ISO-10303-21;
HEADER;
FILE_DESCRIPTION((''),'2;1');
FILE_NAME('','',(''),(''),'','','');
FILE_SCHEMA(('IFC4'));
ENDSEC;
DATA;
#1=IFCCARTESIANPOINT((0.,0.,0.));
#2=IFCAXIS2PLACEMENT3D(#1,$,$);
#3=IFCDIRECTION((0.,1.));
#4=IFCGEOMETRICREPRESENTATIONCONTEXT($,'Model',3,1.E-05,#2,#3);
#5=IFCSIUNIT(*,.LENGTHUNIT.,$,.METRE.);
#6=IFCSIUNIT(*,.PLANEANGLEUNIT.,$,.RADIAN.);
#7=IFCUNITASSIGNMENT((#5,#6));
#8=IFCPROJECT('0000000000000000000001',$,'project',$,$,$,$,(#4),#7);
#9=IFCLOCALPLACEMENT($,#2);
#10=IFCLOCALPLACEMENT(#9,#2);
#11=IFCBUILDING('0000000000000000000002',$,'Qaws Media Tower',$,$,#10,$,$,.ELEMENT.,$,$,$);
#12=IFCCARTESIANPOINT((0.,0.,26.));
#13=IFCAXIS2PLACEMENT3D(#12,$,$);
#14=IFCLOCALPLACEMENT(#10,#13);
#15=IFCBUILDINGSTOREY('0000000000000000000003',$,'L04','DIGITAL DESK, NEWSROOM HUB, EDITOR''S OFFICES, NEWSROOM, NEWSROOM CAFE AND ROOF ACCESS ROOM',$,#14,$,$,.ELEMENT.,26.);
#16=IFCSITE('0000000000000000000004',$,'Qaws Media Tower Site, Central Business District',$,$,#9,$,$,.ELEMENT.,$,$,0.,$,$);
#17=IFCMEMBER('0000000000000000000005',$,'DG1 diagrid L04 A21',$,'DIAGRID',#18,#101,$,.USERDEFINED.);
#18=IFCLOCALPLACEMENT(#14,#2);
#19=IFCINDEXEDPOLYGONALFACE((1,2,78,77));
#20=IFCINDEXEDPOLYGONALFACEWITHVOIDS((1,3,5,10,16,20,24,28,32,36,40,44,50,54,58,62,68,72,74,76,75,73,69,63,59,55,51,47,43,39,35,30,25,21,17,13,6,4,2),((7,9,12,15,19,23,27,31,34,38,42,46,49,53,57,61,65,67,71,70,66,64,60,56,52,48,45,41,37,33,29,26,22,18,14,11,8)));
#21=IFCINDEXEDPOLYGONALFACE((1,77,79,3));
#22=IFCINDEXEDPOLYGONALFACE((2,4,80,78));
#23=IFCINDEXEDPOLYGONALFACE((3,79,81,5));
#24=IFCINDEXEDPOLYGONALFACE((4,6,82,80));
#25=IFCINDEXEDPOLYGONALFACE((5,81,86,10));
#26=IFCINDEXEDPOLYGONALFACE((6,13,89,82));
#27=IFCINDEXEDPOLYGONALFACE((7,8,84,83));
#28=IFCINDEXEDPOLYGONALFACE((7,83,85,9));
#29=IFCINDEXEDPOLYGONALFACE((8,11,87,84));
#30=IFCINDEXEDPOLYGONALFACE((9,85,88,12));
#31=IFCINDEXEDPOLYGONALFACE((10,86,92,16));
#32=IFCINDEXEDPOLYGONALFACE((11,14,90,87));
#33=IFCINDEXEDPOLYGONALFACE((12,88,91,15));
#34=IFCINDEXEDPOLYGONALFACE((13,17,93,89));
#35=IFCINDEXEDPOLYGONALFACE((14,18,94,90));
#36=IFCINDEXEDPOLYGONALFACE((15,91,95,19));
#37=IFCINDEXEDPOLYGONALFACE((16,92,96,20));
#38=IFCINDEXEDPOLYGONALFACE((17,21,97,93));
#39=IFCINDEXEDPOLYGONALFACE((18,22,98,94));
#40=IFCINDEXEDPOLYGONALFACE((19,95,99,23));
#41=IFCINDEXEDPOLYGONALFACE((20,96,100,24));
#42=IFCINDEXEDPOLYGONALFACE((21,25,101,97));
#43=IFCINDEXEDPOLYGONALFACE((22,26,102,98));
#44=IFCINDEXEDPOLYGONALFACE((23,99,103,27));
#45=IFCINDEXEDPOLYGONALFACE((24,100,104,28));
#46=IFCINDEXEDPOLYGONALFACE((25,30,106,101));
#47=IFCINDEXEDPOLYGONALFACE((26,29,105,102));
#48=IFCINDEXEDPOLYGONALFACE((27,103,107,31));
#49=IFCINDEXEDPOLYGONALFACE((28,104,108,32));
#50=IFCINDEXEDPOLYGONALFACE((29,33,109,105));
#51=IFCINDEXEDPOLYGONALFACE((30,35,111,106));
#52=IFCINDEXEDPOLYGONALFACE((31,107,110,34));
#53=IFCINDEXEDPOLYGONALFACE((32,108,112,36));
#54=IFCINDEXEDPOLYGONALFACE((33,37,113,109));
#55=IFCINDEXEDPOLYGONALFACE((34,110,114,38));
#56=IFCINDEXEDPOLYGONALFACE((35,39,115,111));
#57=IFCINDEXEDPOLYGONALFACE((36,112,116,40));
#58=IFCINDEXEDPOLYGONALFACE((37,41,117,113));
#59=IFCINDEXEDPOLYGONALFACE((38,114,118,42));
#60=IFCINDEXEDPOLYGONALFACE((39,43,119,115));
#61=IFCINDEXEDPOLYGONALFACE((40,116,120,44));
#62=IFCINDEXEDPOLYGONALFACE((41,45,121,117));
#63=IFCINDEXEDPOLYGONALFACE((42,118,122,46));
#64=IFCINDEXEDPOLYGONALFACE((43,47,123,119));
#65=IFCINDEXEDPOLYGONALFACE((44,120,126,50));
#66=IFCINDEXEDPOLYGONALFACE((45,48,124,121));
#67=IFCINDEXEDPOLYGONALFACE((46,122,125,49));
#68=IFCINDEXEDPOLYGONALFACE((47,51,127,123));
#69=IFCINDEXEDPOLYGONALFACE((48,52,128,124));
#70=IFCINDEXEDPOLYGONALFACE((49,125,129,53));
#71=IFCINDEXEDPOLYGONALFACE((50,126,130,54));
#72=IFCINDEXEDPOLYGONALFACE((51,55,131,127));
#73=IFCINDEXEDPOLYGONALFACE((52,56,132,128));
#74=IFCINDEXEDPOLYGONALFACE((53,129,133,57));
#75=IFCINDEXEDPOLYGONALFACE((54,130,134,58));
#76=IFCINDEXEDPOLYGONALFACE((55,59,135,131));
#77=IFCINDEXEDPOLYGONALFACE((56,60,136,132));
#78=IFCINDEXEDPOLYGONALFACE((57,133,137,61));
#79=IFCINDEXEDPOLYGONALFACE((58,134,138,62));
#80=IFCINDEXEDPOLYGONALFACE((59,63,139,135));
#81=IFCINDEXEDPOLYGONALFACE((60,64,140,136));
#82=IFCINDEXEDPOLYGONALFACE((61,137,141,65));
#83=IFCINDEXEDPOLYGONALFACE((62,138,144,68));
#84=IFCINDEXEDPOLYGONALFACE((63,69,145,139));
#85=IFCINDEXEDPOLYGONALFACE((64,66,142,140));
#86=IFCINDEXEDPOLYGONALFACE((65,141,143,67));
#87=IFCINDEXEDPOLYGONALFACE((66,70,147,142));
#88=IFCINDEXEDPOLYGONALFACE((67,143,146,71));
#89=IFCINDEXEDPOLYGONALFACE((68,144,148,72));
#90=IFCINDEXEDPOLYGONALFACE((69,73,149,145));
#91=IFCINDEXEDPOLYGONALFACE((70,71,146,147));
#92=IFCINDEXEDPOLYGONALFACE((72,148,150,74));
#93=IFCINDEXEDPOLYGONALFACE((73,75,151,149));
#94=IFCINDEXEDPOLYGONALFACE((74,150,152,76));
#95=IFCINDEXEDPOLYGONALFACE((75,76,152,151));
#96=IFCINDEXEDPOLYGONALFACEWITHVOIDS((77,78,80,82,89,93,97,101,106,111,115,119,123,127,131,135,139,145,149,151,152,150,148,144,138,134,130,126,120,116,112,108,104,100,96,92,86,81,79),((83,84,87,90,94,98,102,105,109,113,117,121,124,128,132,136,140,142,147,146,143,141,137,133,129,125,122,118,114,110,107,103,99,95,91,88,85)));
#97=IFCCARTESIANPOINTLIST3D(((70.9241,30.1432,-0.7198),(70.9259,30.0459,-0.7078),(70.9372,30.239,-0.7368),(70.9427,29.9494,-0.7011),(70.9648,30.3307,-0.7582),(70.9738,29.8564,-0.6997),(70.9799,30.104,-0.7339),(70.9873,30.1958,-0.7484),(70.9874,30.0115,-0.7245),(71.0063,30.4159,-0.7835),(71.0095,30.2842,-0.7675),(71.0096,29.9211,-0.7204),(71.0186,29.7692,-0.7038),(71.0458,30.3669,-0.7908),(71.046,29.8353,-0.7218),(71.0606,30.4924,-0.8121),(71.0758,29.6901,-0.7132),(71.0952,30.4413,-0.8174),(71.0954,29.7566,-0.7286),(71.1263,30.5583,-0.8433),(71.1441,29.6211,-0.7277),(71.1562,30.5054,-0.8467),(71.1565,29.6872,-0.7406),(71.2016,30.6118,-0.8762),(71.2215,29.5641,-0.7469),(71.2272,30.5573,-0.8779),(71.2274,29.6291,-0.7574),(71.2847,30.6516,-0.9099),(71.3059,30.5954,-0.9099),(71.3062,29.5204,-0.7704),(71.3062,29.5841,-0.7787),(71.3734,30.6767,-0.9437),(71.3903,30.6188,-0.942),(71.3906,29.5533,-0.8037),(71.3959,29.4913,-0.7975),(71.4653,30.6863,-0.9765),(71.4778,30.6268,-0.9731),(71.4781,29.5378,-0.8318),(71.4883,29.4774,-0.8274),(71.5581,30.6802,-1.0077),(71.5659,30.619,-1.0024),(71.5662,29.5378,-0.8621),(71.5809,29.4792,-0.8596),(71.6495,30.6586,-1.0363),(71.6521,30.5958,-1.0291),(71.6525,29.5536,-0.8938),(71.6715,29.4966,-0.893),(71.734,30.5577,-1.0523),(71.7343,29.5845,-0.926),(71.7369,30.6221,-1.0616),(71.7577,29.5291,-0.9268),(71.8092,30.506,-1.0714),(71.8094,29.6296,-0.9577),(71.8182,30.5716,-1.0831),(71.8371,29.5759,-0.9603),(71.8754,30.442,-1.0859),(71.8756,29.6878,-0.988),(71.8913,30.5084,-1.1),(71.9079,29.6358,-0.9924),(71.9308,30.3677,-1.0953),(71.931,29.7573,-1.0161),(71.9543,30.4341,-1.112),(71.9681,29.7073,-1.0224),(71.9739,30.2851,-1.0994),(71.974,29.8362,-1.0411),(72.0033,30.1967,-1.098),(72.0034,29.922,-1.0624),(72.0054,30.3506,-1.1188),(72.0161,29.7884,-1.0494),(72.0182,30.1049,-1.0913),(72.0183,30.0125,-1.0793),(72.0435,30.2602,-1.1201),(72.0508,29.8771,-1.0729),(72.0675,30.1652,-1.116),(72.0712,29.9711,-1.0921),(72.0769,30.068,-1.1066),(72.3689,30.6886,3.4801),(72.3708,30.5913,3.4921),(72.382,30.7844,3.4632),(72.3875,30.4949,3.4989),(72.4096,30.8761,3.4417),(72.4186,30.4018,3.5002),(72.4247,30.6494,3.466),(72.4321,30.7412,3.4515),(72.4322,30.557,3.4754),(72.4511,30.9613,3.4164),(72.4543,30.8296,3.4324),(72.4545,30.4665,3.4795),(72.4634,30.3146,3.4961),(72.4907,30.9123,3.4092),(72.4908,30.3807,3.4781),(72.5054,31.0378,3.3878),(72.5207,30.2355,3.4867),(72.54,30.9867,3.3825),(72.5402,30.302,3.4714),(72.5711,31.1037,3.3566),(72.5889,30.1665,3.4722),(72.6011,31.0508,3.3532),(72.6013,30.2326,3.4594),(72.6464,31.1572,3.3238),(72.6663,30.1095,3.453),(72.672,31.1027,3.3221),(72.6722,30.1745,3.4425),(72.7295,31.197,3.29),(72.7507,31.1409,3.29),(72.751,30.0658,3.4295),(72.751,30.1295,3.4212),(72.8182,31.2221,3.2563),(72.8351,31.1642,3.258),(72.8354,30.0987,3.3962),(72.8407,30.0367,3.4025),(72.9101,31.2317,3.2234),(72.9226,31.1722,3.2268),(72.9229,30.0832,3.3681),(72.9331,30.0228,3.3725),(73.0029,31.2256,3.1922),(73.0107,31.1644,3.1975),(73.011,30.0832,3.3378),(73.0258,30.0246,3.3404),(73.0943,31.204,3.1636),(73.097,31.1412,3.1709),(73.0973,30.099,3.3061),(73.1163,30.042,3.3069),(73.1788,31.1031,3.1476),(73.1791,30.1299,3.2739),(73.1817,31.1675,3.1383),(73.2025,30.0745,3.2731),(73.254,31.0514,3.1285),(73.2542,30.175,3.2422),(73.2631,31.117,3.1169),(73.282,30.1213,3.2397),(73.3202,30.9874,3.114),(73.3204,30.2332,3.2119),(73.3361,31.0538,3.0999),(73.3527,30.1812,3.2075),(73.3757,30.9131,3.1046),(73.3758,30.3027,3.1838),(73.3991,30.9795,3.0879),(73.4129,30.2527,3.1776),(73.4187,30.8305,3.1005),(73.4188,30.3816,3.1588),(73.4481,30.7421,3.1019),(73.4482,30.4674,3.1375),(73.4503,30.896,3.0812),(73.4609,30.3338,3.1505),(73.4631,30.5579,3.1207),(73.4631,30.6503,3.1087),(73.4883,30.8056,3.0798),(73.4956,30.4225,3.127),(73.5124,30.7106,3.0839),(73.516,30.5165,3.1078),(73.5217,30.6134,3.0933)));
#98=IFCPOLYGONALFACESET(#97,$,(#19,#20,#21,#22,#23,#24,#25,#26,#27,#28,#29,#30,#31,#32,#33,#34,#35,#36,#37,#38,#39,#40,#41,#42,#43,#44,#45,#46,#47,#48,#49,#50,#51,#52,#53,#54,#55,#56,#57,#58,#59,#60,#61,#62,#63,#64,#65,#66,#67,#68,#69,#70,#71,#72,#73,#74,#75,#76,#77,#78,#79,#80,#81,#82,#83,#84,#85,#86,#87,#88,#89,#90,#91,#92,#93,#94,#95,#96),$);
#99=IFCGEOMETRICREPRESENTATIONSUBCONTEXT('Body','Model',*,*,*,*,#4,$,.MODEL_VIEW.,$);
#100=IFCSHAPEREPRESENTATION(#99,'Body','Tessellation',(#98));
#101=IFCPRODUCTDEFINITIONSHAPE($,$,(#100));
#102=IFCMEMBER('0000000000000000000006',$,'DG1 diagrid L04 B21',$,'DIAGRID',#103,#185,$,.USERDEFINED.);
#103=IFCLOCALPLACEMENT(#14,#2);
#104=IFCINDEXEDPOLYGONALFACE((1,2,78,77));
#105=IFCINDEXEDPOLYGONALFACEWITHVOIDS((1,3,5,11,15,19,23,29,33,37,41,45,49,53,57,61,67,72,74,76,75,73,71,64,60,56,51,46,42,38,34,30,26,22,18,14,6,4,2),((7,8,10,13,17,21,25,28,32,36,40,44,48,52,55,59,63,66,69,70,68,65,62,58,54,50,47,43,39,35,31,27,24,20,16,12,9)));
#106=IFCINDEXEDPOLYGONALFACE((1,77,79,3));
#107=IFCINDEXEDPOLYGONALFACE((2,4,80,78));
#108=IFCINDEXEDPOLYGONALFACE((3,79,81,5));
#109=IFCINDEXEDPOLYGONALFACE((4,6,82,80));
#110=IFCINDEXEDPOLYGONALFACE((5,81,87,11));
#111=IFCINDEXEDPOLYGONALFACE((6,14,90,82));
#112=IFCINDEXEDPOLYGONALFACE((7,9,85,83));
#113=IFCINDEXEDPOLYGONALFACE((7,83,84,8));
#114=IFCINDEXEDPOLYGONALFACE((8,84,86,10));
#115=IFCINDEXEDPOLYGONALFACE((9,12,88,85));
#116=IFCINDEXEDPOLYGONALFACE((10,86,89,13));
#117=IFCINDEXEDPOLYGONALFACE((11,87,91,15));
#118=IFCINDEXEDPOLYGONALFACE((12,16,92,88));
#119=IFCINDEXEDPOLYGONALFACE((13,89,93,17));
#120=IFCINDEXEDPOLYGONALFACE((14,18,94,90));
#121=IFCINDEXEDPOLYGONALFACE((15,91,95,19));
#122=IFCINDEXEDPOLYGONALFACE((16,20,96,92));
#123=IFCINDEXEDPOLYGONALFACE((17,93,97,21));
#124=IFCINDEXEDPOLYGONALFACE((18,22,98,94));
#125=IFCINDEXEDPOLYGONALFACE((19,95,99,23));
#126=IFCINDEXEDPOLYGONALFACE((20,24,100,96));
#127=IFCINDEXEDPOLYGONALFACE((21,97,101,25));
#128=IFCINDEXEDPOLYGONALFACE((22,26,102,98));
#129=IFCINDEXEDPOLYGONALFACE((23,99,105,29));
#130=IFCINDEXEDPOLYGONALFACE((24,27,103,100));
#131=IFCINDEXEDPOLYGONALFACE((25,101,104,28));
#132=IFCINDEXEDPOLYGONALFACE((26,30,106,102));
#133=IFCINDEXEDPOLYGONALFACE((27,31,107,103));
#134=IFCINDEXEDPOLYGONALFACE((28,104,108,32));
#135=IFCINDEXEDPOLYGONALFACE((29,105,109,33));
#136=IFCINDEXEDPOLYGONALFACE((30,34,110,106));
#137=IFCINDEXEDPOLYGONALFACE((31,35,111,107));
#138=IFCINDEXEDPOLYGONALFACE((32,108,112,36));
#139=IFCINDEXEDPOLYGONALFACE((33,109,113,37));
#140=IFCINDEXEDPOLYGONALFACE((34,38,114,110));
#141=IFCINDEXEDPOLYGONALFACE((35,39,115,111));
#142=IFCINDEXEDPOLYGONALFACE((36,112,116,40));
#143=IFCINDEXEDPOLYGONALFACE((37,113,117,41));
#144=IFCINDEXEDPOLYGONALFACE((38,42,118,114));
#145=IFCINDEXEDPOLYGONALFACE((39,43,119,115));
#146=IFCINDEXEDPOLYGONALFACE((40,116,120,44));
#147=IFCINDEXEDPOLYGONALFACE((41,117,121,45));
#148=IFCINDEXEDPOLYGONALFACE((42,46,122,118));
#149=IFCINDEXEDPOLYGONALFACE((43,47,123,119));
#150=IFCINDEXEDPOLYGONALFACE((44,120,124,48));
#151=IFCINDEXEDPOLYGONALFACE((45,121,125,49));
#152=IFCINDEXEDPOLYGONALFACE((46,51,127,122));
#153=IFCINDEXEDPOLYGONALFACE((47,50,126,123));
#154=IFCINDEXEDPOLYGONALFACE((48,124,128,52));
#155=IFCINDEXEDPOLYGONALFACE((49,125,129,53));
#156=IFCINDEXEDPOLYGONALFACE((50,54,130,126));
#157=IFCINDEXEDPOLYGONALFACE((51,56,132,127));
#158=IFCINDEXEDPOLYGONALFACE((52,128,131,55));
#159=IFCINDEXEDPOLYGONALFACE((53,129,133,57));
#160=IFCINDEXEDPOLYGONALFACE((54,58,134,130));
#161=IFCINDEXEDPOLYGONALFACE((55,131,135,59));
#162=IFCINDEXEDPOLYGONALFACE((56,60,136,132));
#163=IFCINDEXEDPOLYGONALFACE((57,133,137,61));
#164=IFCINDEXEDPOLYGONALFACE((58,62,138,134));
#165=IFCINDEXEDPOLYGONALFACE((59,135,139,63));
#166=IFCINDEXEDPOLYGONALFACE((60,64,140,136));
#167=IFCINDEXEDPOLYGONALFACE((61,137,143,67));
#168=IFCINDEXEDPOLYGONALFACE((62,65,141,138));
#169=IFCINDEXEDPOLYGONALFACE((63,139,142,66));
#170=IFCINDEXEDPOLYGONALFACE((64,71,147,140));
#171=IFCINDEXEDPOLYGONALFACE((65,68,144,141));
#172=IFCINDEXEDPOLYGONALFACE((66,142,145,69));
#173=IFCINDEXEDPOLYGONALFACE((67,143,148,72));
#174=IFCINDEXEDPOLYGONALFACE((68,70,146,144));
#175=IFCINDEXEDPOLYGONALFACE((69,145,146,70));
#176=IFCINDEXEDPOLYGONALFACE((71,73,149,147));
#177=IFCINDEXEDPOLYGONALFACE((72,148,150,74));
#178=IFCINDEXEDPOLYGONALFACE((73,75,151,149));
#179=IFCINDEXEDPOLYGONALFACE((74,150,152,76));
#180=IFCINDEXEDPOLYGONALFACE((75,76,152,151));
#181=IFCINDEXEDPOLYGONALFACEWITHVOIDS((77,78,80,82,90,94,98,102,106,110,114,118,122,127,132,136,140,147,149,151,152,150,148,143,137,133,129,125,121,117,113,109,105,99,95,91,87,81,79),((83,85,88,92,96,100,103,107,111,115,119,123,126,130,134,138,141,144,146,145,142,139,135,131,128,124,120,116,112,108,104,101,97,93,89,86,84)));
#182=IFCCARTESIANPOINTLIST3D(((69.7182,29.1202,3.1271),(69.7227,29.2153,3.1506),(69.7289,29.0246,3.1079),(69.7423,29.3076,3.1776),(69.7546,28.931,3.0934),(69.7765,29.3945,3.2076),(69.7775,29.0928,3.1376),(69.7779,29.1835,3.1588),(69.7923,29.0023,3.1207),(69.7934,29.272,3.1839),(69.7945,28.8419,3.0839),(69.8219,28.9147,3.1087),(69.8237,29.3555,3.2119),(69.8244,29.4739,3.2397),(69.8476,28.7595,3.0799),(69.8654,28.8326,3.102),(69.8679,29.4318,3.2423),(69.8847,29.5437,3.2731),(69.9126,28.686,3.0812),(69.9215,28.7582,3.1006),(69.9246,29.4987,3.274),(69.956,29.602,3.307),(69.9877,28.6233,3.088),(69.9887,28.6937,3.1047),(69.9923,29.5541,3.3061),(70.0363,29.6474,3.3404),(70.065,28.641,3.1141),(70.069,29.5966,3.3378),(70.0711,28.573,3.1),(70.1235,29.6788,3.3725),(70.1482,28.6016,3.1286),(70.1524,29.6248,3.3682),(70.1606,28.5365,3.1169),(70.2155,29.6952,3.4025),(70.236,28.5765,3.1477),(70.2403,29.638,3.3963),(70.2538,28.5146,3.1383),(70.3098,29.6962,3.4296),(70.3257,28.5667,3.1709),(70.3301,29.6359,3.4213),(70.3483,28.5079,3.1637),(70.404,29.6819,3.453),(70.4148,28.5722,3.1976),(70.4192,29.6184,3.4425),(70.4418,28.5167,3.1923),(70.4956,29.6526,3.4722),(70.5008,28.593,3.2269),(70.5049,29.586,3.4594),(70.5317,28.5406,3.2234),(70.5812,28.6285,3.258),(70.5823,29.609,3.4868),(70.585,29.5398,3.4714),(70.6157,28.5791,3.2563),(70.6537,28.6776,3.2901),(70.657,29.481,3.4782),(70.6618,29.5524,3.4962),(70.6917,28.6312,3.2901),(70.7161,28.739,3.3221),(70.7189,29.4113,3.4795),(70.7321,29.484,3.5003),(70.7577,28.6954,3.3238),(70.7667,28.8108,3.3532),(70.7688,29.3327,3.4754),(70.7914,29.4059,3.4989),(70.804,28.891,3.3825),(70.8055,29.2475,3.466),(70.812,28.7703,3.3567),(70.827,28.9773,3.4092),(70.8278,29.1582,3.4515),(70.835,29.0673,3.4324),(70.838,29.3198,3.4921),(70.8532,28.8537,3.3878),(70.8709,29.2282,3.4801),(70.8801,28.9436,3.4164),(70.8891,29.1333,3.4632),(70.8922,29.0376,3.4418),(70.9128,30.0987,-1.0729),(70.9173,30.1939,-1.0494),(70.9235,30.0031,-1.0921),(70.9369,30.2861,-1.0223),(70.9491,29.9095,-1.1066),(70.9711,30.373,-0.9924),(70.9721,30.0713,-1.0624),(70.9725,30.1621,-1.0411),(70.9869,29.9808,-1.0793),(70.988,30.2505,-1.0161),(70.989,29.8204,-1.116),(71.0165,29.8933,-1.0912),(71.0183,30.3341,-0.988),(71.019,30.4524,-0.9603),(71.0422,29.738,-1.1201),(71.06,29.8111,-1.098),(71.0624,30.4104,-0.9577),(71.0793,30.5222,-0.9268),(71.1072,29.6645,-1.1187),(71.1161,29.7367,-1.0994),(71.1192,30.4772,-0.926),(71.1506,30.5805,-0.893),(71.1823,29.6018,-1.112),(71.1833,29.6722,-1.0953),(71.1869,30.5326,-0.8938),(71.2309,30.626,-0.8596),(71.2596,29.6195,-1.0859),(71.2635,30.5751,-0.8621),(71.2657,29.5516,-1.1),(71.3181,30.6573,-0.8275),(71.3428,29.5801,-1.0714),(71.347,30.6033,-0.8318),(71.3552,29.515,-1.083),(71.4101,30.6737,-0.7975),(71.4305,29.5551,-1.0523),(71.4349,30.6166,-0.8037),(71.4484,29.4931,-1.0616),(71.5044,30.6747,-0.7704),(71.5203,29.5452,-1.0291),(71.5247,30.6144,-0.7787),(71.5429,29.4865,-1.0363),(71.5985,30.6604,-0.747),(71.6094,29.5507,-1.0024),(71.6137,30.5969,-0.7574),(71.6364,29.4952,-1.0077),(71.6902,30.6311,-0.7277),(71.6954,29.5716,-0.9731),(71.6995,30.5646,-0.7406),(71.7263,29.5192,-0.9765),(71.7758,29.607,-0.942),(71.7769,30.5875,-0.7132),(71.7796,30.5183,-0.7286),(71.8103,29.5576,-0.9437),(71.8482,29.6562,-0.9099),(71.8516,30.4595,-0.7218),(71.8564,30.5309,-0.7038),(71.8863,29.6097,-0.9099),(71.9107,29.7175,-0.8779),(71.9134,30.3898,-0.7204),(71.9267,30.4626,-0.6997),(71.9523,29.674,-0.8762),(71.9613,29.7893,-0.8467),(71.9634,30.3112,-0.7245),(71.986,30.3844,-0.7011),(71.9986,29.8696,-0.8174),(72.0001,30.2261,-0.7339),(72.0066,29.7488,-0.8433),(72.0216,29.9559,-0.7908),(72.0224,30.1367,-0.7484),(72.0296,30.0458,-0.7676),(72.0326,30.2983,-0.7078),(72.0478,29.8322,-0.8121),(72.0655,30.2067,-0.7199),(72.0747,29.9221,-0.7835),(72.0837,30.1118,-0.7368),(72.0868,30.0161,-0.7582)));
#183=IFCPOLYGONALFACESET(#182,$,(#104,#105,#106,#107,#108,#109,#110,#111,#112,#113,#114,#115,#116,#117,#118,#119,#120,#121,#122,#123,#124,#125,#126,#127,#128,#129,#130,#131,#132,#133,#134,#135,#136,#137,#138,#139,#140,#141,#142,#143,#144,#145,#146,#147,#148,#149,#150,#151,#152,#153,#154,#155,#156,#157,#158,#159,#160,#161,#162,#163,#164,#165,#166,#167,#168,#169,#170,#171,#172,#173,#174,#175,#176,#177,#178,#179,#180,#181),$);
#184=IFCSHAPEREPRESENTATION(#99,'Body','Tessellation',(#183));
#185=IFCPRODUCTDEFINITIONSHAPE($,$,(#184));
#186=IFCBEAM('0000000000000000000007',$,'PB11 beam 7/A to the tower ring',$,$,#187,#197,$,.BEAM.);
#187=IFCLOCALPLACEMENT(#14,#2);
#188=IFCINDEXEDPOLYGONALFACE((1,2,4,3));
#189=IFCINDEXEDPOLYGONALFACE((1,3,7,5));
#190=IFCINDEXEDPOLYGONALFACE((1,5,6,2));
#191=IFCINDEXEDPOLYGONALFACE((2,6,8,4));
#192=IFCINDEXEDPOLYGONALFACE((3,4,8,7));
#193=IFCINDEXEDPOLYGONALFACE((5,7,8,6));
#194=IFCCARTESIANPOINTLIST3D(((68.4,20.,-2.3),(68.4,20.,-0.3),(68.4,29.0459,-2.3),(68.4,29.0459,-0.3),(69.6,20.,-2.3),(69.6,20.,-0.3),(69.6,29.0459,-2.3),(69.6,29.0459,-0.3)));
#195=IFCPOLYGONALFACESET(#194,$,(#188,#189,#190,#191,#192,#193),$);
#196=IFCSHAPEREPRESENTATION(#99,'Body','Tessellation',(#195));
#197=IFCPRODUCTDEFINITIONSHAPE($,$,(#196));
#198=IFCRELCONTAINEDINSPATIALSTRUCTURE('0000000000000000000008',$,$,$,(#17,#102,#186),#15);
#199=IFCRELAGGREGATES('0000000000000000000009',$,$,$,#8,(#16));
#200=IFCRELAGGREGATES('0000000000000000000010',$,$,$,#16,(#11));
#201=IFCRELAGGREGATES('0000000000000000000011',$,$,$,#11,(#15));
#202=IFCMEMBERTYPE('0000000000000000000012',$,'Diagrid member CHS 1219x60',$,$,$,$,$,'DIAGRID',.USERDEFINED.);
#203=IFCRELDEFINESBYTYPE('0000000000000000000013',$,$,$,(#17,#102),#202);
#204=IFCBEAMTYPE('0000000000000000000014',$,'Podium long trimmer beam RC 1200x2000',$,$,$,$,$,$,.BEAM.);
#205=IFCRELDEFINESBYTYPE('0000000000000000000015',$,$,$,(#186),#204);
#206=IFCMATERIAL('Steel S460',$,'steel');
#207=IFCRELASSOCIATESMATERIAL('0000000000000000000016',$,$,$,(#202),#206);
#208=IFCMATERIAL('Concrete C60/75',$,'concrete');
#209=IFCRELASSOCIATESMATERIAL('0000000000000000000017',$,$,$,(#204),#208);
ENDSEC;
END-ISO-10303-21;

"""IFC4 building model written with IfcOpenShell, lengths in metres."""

from ifc_helpers import new_model, si_unit, direction, frame, origin, origin_2d, place, context, subcontext, project, spatial, rectangle, hollow_circle, extrude, material, material_profile, profile_set, type_object, element, save


model = new_model("IFC4")

# Units and contexts
model_context = context("Model", 3, precision=1e-05, world=origin(), true_north=direction((0.0, 1.0)))
body_context = subcontext(model_context, "Body", "Model", "MODEL_VIEW")
ifc_project = project(units=[si_unit("LENGTHUNIT", "METRE"), si_unit("PLANEANGLEUNIT", "RADIAN")], contexts=[model_context])

# Site, building, storey
site_placement = place(None, origin())
site = spatial("IfcSite", under=ifc_project, at=site_placement, Name="Qaws Media Tower Site, Central Business District", CompositionType="ELEMENT", RefElevation=0.0)
building_placement = place(site_placement, origin())
building = spatial("IfcBuilding", under=site, at=building_placement, Name="Qaws Media Tower", CompositionType="ELEMENT")
storey_placement = place(building_placement, frame((0.0, 0.0, 26.0)))
storey = spatial("IfcBuildingStorey", under=building, at=storey_placement, Name="L04", Description="DIGITAL DESK, NEWSROOM HUB, EDITOR'S OFFICES, NEWSROOM, NEWSROOM CAFE AND ROOF ACCESS ROOM", CompositionType="ELEMENT", Elevation=26.0)

# Members
ifc_material_1 = material(Name="Steel S460", Category="steel")
ifc_material_profile_1 = material_profile(ifc_material_1, hollow_circle(Radius=0.6096, WallThickness=0.0601, at=origin_2d()), Name="CHS 1219x60")
ifc_profile_set_1 = profile_set([ifc_material_profile_1], Name="Steel S460")
member_type_1 = type_object("IfcMemberType", Name="Diagrid member CHS 1219x60", ElementType="DIAGRID", PredefinedType="USERDEFINED", material=ifc_profile_set_1)
for number, where, z_axis, x_axis, name in (
    (1, (71.5, 30.0813, -0.9099), (0.322874, 0.121883, 0.938561), (-0.353167, 0.93556, 0.0), "DG1 diagrid L04 A21"),
    (2, (71.5, 30.0813, -0.9099), (-0.266955, -0.218671, 0.938572), (0.633677, -0.773598, 0.0), "DG1 diagrid L04 B21"),
):
    element("IfcMember", number, at=place(storey_placement, frame(where, z_axis=z_axis, x_axis=x_axis)), inside=storey, type_object=member_type_1, Name=name, ObjectType="DIAGRID", PredefinedType="USERDEFINED", context=body_context, shape_type="SweptSolid", body=[
        extrude(hollow_circle(Radius=0.6096, WallThickness=0.0601, at=origin_2d()), origin(), (0.0, 0.0, 1.0), 4.4749),
    ])

# Beam
ifc_material_2 = material(Name="Concrete C60/75", Category="concrete")
ifc_material_profile_2 = material_profile(ifc_material_2, rectangle(XDim=1.2, YDim=2.0, at=origin_2d()), Name="RC 1200x2000")
ifc_profile_set_2 = profile_set([ifc_material_profile_2], Name="Concrete C60/75")
beam_type_1 = type_object("IfcBeamType", Name="Podium long trimmer beam RC 1200x2000", PredefinedType="BEAM", material=ifc_profile_set_2)
beam_1_placement = place(storey_placement, frame((69.0, 20.0, -1.3), z_axis=(0.0, 1.0, 0.0), x_axis=(-1.0, 0.0, 0.0)))
element("IfcBeam", 3, at=beam_1_placement, inside=storey, type_object=beam_type_1, Name="PB11 beam 7/A to the tower ring", PredefinedType="BEAM", context=body_context, shape_type="SweptSolid", body=[
    extrude(rectangle(XDim=1.2, YDim=2.0, at=origin_2d()), origin(), (0.0, 0.0, 1.0), 9.0459),
])

save(model, "model.ifc")
